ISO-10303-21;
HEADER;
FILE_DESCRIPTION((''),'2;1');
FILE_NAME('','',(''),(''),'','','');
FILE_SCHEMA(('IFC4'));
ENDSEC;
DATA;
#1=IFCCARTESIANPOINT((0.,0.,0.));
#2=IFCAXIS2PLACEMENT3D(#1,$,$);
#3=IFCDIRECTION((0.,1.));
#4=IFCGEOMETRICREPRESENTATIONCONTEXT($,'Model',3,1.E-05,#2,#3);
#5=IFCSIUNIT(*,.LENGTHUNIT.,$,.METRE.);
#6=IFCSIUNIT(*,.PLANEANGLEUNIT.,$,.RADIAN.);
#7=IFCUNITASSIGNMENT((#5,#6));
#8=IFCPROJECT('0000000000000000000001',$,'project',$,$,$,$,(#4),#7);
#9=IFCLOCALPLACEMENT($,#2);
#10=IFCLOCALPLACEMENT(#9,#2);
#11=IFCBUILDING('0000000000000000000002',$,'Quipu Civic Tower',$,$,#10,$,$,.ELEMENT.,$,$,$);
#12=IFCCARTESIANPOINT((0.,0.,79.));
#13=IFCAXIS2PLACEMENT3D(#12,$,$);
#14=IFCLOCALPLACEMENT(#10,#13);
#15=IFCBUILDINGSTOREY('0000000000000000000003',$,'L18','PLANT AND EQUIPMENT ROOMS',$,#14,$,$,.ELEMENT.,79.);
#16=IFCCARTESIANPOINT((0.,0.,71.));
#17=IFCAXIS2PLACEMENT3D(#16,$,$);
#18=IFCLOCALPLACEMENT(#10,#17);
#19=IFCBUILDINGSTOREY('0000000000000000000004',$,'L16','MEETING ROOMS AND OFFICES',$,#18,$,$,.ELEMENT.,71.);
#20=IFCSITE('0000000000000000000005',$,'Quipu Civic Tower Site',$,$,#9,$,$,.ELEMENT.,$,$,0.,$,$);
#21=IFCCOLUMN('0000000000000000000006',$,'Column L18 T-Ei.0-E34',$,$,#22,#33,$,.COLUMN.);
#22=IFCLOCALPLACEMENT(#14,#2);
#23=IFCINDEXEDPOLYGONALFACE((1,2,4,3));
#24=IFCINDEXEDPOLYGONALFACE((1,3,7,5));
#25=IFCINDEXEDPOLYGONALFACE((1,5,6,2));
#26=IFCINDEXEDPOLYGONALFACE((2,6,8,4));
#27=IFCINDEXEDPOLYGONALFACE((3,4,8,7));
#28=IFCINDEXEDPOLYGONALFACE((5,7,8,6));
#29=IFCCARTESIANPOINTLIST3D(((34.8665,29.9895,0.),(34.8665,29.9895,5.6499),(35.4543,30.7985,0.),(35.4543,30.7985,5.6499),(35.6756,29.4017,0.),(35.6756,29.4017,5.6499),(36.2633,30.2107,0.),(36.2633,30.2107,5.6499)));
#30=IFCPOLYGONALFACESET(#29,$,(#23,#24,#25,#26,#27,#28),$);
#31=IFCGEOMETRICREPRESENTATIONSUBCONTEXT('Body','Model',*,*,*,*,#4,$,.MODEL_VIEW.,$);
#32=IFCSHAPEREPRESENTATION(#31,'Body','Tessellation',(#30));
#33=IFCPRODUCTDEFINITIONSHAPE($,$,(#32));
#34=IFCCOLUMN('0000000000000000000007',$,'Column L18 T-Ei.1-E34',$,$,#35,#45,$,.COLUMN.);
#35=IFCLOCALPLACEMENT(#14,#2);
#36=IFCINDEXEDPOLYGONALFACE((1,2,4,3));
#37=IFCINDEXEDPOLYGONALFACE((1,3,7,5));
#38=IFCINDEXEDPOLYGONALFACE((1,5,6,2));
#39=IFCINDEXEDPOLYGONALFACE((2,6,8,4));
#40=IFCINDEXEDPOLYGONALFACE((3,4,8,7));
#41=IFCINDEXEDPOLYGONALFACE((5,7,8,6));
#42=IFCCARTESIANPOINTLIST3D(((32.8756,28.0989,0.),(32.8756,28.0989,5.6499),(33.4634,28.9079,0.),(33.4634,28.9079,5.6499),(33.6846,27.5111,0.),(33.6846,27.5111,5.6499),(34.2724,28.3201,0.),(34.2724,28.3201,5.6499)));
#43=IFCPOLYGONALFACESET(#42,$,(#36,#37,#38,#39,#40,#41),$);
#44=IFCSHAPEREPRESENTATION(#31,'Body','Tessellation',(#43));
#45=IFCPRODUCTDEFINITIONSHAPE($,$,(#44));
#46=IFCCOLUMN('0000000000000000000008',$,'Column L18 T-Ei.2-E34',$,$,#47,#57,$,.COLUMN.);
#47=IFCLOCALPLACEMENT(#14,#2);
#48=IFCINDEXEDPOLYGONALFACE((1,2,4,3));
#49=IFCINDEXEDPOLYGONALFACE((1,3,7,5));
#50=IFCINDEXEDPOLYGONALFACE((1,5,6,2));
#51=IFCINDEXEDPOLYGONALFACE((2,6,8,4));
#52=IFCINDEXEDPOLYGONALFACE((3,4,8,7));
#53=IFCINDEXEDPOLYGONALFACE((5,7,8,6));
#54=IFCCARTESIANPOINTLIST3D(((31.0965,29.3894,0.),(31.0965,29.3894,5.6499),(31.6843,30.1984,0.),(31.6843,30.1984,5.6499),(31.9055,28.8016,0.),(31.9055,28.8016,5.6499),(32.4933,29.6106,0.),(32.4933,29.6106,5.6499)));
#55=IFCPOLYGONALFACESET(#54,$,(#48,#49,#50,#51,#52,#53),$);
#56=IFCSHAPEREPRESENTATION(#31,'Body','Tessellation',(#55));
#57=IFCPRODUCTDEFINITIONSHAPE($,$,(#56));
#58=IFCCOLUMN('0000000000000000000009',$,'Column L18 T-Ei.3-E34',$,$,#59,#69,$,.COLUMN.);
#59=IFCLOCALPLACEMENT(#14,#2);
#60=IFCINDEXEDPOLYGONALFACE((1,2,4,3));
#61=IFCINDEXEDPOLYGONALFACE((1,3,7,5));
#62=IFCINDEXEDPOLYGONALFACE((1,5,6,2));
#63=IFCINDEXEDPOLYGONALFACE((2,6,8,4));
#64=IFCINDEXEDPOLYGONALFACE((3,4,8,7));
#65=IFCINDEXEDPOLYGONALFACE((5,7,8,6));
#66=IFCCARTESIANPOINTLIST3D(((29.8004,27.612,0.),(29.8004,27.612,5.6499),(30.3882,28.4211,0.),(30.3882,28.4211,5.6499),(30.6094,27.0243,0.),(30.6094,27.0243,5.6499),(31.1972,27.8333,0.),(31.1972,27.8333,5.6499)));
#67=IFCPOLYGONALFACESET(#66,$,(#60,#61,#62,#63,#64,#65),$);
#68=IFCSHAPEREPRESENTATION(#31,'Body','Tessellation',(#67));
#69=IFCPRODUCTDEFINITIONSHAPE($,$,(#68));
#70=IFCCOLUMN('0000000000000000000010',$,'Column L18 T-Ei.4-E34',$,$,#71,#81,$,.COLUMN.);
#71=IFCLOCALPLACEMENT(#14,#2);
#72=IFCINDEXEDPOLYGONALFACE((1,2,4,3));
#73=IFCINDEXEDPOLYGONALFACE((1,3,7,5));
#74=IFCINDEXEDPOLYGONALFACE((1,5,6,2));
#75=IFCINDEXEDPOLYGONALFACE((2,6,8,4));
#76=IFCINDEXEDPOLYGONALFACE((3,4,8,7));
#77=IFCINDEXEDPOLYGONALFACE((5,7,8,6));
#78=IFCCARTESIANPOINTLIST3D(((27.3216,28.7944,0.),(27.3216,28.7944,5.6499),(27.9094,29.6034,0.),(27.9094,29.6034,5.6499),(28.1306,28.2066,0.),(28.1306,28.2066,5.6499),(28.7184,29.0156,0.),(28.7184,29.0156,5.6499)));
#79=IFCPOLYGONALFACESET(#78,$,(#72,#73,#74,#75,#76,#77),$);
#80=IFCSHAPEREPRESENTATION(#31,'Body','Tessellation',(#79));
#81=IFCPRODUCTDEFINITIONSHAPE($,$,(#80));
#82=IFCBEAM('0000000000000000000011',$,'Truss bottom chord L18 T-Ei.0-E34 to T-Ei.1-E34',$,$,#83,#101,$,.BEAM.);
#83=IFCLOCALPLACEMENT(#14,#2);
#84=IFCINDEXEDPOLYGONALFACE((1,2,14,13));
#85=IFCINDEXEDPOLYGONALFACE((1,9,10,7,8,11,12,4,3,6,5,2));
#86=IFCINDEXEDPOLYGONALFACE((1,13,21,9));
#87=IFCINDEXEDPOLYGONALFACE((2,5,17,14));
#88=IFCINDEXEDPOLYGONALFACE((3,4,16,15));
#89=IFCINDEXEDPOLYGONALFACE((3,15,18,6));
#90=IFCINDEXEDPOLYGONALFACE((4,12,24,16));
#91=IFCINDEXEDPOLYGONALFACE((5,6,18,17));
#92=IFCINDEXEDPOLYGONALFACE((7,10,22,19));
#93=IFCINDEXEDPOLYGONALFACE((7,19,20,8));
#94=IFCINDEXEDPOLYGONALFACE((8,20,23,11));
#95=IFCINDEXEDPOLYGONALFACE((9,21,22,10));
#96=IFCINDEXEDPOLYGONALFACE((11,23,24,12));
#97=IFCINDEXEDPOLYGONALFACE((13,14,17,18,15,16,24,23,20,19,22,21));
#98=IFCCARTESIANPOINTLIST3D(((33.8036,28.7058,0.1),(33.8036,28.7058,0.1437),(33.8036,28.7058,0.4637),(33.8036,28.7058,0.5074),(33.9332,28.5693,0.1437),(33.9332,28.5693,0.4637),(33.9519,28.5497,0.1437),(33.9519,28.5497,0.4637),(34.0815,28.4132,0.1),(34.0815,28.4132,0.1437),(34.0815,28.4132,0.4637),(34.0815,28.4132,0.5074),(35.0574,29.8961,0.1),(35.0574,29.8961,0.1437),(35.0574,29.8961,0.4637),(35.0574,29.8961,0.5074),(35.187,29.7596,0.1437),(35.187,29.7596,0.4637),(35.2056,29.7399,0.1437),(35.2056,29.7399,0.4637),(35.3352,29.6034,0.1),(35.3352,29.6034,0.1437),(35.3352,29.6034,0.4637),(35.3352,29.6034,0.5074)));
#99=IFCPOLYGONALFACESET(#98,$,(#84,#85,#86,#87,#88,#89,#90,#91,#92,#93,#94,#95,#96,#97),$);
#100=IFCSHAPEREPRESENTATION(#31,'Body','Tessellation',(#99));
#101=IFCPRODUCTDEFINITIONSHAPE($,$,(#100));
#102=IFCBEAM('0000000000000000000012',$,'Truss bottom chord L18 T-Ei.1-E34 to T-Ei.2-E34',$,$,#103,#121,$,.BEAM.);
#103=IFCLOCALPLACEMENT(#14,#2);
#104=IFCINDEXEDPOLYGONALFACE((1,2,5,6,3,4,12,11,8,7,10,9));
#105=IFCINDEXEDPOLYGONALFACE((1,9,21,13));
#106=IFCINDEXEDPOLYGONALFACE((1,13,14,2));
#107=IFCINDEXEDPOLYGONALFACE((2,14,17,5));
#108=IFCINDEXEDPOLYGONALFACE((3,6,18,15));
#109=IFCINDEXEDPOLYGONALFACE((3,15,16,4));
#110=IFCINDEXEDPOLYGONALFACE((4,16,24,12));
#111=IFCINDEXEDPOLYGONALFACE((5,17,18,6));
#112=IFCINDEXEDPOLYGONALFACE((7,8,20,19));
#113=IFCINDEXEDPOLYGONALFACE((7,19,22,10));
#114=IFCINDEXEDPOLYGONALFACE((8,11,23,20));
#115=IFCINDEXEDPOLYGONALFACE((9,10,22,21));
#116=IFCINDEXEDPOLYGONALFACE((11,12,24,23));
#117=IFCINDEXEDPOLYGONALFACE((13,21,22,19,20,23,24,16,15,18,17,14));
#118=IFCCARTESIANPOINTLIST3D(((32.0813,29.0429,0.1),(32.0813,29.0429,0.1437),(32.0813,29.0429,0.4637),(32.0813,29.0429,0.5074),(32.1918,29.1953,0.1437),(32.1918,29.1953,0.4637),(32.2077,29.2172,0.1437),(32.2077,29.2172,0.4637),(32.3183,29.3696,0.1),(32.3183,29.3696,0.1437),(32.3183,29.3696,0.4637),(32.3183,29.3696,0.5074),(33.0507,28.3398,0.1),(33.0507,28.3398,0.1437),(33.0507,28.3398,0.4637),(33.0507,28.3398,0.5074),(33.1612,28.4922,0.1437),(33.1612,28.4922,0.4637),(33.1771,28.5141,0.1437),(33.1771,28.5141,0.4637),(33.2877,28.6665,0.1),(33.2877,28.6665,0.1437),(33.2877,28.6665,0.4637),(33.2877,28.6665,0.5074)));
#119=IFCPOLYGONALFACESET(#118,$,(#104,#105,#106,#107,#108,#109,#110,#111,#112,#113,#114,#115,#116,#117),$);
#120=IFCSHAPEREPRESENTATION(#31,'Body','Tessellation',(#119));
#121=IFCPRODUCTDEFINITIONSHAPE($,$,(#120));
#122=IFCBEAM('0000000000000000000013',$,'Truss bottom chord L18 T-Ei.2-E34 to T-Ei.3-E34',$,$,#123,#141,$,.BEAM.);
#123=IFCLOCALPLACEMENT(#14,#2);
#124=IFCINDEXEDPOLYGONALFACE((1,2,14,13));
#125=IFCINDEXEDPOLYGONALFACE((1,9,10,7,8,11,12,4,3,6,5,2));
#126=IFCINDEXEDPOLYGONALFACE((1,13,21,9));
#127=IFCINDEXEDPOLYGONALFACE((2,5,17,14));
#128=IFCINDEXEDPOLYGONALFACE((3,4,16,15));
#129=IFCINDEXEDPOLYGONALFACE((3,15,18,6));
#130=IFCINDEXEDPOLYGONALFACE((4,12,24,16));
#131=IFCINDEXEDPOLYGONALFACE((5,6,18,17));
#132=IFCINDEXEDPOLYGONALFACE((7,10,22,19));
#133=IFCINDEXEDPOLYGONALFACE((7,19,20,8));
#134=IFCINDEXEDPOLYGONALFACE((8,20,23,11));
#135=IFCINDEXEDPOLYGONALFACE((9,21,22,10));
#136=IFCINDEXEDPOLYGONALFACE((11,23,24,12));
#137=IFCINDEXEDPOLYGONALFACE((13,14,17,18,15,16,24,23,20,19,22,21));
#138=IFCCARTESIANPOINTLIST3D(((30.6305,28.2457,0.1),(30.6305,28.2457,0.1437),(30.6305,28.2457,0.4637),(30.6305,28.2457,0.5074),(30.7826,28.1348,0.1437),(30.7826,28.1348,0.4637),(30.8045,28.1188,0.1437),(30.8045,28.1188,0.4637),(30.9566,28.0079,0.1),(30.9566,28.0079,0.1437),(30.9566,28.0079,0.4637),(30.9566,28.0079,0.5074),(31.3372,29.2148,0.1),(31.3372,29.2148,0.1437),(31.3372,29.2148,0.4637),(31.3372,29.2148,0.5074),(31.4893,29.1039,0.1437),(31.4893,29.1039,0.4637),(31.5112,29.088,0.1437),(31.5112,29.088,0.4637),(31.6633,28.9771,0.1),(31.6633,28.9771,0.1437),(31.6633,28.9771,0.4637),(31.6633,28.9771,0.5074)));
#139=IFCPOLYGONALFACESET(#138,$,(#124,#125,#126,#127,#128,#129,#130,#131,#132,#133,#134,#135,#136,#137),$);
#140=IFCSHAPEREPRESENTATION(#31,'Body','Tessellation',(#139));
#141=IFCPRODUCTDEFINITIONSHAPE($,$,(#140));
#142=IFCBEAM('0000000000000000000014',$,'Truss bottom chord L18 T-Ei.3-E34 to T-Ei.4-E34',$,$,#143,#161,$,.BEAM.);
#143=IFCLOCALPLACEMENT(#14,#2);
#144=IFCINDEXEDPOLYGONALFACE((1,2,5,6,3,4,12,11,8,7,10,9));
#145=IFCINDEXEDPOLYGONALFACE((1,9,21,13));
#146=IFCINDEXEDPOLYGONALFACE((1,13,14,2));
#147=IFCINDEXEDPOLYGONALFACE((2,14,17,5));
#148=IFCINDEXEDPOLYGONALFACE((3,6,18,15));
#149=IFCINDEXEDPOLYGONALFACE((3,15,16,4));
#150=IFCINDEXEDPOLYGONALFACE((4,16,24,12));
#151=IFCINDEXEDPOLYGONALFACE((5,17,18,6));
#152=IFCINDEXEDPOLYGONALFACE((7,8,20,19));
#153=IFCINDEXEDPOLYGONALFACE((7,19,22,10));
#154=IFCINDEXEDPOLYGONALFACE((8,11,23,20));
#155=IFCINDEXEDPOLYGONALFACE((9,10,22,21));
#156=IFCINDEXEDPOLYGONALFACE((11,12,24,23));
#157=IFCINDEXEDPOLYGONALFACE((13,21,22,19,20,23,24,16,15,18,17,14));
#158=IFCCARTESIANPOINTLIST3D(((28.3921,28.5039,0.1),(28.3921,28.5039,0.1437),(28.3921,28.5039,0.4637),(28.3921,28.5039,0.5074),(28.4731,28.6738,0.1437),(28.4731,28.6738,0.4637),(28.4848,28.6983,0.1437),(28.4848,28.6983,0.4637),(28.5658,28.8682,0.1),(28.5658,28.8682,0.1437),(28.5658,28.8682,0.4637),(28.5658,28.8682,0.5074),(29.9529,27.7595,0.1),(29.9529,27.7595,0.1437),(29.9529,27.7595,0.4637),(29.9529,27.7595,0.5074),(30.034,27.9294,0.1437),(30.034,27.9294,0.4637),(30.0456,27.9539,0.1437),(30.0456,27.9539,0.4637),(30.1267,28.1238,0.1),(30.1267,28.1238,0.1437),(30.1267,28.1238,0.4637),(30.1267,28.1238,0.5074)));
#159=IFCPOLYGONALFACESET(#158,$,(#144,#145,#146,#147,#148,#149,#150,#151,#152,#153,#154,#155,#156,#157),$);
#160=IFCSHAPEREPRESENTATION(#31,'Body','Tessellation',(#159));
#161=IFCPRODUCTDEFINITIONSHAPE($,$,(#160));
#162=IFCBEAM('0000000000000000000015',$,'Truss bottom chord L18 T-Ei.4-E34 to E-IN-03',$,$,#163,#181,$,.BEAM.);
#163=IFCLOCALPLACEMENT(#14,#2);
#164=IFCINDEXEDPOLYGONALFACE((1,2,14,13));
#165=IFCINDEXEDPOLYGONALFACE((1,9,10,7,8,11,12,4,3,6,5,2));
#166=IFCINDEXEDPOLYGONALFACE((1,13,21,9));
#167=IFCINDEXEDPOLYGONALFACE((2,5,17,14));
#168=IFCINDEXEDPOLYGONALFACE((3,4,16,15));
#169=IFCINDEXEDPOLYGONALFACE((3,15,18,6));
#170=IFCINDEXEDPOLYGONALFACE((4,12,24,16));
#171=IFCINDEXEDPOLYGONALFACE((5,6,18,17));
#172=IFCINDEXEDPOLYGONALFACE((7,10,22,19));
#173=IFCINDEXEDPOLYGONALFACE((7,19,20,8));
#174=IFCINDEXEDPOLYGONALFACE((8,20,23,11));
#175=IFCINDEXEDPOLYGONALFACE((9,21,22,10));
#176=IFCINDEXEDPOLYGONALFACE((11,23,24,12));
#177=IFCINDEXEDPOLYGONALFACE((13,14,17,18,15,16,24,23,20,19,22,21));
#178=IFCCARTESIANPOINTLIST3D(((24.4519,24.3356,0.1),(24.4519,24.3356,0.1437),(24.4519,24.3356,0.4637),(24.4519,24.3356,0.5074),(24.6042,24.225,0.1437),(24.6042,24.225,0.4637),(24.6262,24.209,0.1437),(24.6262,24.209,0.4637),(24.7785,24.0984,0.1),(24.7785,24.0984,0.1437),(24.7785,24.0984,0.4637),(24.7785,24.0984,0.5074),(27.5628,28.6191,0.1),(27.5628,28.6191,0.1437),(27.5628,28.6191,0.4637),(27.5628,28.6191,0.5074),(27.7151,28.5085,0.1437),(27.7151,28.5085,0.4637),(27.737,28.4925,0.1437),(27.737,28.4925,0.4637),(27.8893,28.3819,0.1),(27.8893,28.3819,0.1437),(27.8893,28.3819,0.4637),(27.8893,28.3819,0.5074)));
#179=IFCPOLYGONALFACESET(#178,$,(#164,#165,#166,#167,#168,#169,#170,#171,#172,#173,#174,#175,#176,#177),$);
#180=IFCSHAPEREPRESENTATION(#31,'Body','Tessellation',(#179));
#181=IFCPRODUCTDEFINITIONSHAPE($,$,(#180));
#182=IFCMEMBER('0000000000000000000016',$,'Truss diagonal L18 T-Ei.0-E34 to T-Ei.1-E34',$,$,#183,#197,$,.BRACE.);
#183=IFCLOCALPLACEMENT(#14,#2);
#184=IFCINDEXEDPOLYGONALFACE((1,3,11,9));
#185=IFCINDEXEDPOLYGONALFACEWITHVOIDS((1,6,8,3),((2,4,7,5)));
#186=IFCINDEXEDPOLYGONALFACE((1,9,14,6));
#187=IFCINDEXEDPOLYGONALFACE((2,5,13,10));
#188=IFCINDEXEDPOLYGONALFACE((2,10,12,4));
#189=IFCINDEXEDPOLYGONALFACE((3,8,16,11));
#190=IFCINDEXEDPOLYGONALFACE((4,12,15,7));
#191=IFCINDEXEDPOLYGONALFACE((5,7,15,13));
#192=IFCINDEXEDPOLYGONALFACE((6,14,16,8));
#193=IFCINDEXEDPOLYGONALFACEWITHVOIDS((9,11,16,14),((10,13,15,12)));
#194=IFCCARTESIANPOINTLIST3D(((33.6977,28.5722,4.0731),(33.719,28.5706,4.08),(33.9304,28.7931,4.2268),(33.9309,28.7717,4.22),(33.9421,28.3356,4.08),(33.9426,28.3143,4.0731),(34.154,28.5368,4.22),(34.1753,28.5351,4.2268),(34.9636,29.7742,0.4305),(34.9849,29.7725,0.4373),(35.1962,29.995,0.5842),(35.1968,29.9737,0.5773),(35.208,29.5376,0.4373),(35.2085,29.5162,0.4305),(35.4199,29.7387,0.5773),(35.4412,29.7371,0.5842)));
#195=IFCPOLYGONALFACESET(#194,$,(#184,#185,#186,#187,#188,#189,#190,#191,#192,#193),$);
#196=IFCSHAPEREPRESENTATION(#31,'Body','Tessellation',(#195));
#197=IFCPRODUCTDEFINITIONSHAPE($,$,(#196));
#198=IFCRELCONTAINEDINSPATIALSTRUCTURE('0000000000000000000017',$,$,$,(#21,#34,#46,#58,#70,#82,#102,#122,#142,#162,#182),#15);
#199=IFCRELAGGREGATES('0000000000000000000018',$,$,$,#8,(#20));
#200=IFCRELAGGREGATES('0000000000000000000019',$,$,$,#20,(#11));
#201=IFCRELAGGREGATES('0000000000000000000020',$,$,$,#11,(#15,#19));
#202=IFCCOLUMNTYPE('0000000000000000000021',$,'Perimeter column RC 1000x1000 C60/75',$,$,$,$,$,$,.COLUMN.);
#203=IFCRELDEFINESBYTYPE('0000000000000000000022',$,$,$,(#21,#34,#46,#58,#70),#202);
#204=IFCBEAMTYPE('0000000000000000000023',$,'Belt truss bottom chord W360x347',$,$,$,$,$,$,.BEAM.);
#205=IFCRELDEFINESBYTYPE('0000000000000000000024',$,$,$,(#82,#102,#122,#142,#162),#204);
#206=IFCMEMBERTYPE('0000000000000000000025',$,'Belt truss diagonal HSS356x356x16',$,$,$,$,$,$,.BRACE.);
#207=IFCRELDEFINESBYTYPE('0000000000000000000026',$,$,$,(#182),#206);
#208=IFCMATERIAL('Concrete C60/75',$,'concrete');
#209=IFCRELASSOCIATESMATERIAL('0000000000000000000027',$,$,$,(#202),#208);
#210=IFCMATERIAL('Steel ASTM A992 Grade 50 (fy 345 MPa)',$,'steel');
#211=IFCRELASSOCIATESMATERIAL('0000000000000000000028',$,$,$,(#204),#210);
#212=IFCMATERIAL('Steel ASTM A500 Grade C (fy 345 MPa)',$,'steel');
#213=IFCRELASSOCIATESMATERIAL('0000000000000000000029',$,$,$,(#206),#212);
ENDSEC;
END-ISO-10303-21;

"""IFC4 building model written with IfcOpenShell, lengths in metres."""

from ifc_helpers import new_model, si_unit, direction, frame, origin, origin_2d, place, context, subcontext, project, spatial, rectangle, hollow_rectangle, i_section, extrude, material, material_profile, profile_set, type_object, element, save


model = new_model("IFC4")

# Units and contexts
model_context = context("Model", 3, precision=1e-05, world=origin(), true_north=direction((0.0, 1.0)))
body_context = subcontext(model_context, "Body", "Model", "MODEL_VIEW")
ifc_project = project(units=[si_unit("LENGTHUNIT", "METRE"), si_unit("PLANEANGLEUNIT", "RADIAN")], contexts=[model_context])

# Site, building, storey
site_placement = place(None, origin())
site = spatial("IfcSite", under=ifc_project, at=site_placement, Name="Quipu Civic Tower Site", CompositionType="ELEMENT", RefElevation=0.0)
building_placement = place(site_placement, origin())
building = spatial("IfcBuilding", under=site, at=building_placement, Name="Quipu Civic Tower", CompositionType="ELEMENT")
storey_1_placement = place(building_placement, frame((0.0, 0.0, 79.0)))
storey_1 = spatial("IfcBuildingStorey", under=building, at=storey_1_placement, Name="L18", Description="PLANT AND EQUIPMENT ROOMS", CompositionType="ELEMENT", Elevation=79.0)

# Columns
ifc_material_1 = material(Name="Concrete C60/75", Category="concrete")
ifc_material_profile_1 = material_profile(ifc_material_1, rectangle(XDim=1.0, YDim=1.0, at=origin_2d()), Name="RC1000x1000")
ifc_profile_set_1 = profile_set([ifc_material_profile_1], Name="Concrete C60/75")
column_type = type_object("IfcColumnType", Name="Perimeter column RC 1000x1000 C60/75", PredefinedType="COLUMN", material=ifc_profile_set_1)
for number, where, z_axis, x_axis, name in (
    (1, (35.5649, 30.1001, 0.0), (0.0, 0.0, 1.0), (-0.587785, -0.809017, 0.0), "Column L18 T-Ei.0-E34"),
    (2, (33.574, 28.2095, 0.0), (0.0, 0.0, 1.0), (-0.809017, 0.587785, 0.0), "Column L18 T-Ei.1-E34"),
    (3, (31.7949, 29.5, 0.0), (0.0, 0.0, 1.0), (-0.587785, -0.809017, 0.0), "Column L18 T-Ei.2-E34"),
    (4, (30.4988, 27.7227, 0.0), (0.0, 0.0, 1.0), (-0.809017, 0.587785, 0.0), "Column L18 T-Ei.3-E34"),
    (5, (28.02, 28.905, 0.0), (0.0, 0.0, 1.0), (-0.809017, 0.587785, 0.0), "Column L18 T-Ei.4-E34"),
):
    element("IfcColumn", number, at=place(storey_1_placement, frame(where, z_axis=z_axis, x_axis=x_axis)), inside=storey_1, type_object=column_type, Name=name, PredefinedType="COLUMN", context=body_context, shape_type="SweptSolid", body=[
        extrude(rectangle(XDim=1.0, YDim=1.0, at=origin_2d()), origin(), (0.0, 0.0, 1.0), 5.6499),
    ])

# Beams
ifc_material_2 = material(Name="Steel ASTM A992 Grade 50 (fy 345 MPa)", Category="steel")
ifc_material_profile_2 = material_profile(ifc_material_2, i_section(OverallWidth=0.4036, OverallDepth=0.4075, WebThickness=0.0271, FlangeThickness=0.0437, at=origin_2d()), Name="W360x347")
ifc_profile_set_2 = profile_set([ifc_material_profile_2], Name="Steel ASTM A992 Grade 50 (fy 345 MPa)")
beam_type_1 = type_object("IfcBeamType", Name="Belt truss bottom chord W360x347", PredefinedType="BEAM", material=ifc_profile_set_2)
beam_1_placement = place(storey_1_placement, frame((35.1963, 29.7498, 0.3037), z_axis=(-0.725229, -0.688508, 0.0), x_axis=(0.688508, -0.725229, 0.0)))
element("IfcBeam", 6, at=beam_1_placement, inside=storey_1, type_object=beam_type_1, Name="Truss bottom chord L18 T-Ei.0-E34 to T-Ei.1-E34", PredefinedType="BEAM", context=body_context, shape_type="SweptSolid", body=[
    extrude(i_section(OverallWidth=0.4036, OverallDepth=0.4075, WebThickness=0.0271, FlangeThickness=0.0437, at=origin_2d()), origin(), (0.0, 0.0, 1.0), 1.7288),
])
beam_2_placement = place(storey_1_placement, frame((33.1692, 28.5032, 0.3037), z_axis=(-0.809511, 0.587105, 0.0), x_axis=(-0.587105, -0.809511, 0.0)))
element("IfcBeam", 7, at=beam_2_placement, inside=storey_1, type_object=beam_type_1, Name="Truss bottom chord L18 T-Ei.1-E34 to T-Ei.2-E34", PredefinedType="BEAM", context=body_context, shape_type="SweptSolid", body=[
    extrude(i_section(OverallWidth=0.4036, OverallDepth=0.4075, WebThickness=0.0271, FlangeThickness=0.0437, at=origin_2d()), origin(), (0.0, 0.0, 1.0), 1.1975),
])
beam_3_placement = place(storey_1_placement, frame((31.5002, 29.0959, 0.3037), z_axis=(-0.5892, -0.807987, 0.0), x_axis=(0.807987, -0.5892, 0.0)))
element("IfcBeam", 8, at=beam_3_placement, inside=storey_1, type_object=beam_type_1, Name="Truss bottom chord L18 T-Ei.2-E34 to T-Ei.3-E34", PredefinedType="BEAM", context=body_context, shape_type="SweptSolid", body=[
    extrude(i_section(OverallWidth=0.4036, OverallDepth=0.4075, WebThickness=0.0271, FlangeThickness=0.0437, at=origin_2d()), origin(), (0.0, 0.0, 1.0), 1.1995),
])
beam_4_placement = place(storey_1_placement, frame((30.0398, 27.9417, 0.3037), z_axis=(-0.902602, 0.430476, 0.0), x_axis=(-0.430476, -0.902602, 0.0)))
element("IfcBeam", 9, at=beam_4_placement, inside=storey_1, type_object=beam_type_1, Name="Truss bottom chord L18 T-Ei.3-E34 to T-Ei.4-E34", PredefinedType="BEAM", context=body_context, shape_type="SweptSolid", body=[
    extrude(i_section(OverallWidth=0.4036, OverallDepth=0.4075, WebThickness=0.0271, FlangeThickness=0.0437, at=origin_2d()), origin(), (0.0, 0.0, 1.0), 1.7292),
])
beam_5_placement = place(storey_1_placement, frame((27.7261, 28.5005, 0.3037), z_axis=(-0.587629, -0.809131, 0.0), x_axis=(0.809131, -0.587629, 0.0)))
element("IfcBeam", 10, at=beam_5_placement, inside=storey_1, type_object=beam_type_1, Name="Truss bottom chord L18 T-Ei.4-E34 to E-IN-03", PredefinedType="BEAM", context=body_context, shape_type="SweptSolid", body=[
    extrude(i_section(OverallWidth=0.4036, OverallDepth=0.4075, WebThickness=0.0271, FlangeThickness=0.0437, at=origin_2d()), origin(), (0.0, 0.0, 1.0), 5.2939),
])

# Member
ifc_material_3 = material(Name="Steel ASTM A500 Grade C (fy 345 MPa)", Category="steel")
ifc_material_profile_3 = material_profile(ifc_material_3, hollow_rectangle(XDim=0.3557, YDim=0.3557, WallThickness=0.0159, at=origin_2d()), Name="HSS356x356x16")
ifc_profile_set_3 = profile_set([ifc_material_profile_3], Name="Steel ASTM A500 Grade C (fy 345 MPa)")
member_type_1 = type_object("IfcMemberType", Name="Belt truss diagonal HSS356x356x16", PredefinedType="BRACE", material=ifc_profile_set_3)
member_1_placement = place(storey_1_placement, frame((35.2024, 29.7556, 0.5073), z_axis=(-0.313394, -0.297558, 0.9018), x_axis=(0.688547, -0.725191, 0.0)))
element("IfcMember", 11, at=member_1_placement, inside=storey_1, type_object=member_type_1, Name="Truss diagonal L18 T-Ei.0-E34 to T-Ei.1-E34", PredefinedType="BRACE", context=body_context, shape_type="SweptSolid", body=[
    extrude(hollow_rectangle(XDim=0.3557, YDim=0.3557, WallThickness=0.0159, at=origin_2d()), origin(), (0.0, 0.0, 1.0), 4.0393),
])

# Shared definitions
storey_2_placement = place(building_placement, frame((0.0, 0.0, 71.0)))
storey_2 = spatial("IfcBuildingStorey", under=building, at=storey_2_placement, Name="L16", Description="MEETING ROOMS AND OFFICES", CompositionType="ELEMENT", Elevation=71.0)

save(model, "model.ifc")
